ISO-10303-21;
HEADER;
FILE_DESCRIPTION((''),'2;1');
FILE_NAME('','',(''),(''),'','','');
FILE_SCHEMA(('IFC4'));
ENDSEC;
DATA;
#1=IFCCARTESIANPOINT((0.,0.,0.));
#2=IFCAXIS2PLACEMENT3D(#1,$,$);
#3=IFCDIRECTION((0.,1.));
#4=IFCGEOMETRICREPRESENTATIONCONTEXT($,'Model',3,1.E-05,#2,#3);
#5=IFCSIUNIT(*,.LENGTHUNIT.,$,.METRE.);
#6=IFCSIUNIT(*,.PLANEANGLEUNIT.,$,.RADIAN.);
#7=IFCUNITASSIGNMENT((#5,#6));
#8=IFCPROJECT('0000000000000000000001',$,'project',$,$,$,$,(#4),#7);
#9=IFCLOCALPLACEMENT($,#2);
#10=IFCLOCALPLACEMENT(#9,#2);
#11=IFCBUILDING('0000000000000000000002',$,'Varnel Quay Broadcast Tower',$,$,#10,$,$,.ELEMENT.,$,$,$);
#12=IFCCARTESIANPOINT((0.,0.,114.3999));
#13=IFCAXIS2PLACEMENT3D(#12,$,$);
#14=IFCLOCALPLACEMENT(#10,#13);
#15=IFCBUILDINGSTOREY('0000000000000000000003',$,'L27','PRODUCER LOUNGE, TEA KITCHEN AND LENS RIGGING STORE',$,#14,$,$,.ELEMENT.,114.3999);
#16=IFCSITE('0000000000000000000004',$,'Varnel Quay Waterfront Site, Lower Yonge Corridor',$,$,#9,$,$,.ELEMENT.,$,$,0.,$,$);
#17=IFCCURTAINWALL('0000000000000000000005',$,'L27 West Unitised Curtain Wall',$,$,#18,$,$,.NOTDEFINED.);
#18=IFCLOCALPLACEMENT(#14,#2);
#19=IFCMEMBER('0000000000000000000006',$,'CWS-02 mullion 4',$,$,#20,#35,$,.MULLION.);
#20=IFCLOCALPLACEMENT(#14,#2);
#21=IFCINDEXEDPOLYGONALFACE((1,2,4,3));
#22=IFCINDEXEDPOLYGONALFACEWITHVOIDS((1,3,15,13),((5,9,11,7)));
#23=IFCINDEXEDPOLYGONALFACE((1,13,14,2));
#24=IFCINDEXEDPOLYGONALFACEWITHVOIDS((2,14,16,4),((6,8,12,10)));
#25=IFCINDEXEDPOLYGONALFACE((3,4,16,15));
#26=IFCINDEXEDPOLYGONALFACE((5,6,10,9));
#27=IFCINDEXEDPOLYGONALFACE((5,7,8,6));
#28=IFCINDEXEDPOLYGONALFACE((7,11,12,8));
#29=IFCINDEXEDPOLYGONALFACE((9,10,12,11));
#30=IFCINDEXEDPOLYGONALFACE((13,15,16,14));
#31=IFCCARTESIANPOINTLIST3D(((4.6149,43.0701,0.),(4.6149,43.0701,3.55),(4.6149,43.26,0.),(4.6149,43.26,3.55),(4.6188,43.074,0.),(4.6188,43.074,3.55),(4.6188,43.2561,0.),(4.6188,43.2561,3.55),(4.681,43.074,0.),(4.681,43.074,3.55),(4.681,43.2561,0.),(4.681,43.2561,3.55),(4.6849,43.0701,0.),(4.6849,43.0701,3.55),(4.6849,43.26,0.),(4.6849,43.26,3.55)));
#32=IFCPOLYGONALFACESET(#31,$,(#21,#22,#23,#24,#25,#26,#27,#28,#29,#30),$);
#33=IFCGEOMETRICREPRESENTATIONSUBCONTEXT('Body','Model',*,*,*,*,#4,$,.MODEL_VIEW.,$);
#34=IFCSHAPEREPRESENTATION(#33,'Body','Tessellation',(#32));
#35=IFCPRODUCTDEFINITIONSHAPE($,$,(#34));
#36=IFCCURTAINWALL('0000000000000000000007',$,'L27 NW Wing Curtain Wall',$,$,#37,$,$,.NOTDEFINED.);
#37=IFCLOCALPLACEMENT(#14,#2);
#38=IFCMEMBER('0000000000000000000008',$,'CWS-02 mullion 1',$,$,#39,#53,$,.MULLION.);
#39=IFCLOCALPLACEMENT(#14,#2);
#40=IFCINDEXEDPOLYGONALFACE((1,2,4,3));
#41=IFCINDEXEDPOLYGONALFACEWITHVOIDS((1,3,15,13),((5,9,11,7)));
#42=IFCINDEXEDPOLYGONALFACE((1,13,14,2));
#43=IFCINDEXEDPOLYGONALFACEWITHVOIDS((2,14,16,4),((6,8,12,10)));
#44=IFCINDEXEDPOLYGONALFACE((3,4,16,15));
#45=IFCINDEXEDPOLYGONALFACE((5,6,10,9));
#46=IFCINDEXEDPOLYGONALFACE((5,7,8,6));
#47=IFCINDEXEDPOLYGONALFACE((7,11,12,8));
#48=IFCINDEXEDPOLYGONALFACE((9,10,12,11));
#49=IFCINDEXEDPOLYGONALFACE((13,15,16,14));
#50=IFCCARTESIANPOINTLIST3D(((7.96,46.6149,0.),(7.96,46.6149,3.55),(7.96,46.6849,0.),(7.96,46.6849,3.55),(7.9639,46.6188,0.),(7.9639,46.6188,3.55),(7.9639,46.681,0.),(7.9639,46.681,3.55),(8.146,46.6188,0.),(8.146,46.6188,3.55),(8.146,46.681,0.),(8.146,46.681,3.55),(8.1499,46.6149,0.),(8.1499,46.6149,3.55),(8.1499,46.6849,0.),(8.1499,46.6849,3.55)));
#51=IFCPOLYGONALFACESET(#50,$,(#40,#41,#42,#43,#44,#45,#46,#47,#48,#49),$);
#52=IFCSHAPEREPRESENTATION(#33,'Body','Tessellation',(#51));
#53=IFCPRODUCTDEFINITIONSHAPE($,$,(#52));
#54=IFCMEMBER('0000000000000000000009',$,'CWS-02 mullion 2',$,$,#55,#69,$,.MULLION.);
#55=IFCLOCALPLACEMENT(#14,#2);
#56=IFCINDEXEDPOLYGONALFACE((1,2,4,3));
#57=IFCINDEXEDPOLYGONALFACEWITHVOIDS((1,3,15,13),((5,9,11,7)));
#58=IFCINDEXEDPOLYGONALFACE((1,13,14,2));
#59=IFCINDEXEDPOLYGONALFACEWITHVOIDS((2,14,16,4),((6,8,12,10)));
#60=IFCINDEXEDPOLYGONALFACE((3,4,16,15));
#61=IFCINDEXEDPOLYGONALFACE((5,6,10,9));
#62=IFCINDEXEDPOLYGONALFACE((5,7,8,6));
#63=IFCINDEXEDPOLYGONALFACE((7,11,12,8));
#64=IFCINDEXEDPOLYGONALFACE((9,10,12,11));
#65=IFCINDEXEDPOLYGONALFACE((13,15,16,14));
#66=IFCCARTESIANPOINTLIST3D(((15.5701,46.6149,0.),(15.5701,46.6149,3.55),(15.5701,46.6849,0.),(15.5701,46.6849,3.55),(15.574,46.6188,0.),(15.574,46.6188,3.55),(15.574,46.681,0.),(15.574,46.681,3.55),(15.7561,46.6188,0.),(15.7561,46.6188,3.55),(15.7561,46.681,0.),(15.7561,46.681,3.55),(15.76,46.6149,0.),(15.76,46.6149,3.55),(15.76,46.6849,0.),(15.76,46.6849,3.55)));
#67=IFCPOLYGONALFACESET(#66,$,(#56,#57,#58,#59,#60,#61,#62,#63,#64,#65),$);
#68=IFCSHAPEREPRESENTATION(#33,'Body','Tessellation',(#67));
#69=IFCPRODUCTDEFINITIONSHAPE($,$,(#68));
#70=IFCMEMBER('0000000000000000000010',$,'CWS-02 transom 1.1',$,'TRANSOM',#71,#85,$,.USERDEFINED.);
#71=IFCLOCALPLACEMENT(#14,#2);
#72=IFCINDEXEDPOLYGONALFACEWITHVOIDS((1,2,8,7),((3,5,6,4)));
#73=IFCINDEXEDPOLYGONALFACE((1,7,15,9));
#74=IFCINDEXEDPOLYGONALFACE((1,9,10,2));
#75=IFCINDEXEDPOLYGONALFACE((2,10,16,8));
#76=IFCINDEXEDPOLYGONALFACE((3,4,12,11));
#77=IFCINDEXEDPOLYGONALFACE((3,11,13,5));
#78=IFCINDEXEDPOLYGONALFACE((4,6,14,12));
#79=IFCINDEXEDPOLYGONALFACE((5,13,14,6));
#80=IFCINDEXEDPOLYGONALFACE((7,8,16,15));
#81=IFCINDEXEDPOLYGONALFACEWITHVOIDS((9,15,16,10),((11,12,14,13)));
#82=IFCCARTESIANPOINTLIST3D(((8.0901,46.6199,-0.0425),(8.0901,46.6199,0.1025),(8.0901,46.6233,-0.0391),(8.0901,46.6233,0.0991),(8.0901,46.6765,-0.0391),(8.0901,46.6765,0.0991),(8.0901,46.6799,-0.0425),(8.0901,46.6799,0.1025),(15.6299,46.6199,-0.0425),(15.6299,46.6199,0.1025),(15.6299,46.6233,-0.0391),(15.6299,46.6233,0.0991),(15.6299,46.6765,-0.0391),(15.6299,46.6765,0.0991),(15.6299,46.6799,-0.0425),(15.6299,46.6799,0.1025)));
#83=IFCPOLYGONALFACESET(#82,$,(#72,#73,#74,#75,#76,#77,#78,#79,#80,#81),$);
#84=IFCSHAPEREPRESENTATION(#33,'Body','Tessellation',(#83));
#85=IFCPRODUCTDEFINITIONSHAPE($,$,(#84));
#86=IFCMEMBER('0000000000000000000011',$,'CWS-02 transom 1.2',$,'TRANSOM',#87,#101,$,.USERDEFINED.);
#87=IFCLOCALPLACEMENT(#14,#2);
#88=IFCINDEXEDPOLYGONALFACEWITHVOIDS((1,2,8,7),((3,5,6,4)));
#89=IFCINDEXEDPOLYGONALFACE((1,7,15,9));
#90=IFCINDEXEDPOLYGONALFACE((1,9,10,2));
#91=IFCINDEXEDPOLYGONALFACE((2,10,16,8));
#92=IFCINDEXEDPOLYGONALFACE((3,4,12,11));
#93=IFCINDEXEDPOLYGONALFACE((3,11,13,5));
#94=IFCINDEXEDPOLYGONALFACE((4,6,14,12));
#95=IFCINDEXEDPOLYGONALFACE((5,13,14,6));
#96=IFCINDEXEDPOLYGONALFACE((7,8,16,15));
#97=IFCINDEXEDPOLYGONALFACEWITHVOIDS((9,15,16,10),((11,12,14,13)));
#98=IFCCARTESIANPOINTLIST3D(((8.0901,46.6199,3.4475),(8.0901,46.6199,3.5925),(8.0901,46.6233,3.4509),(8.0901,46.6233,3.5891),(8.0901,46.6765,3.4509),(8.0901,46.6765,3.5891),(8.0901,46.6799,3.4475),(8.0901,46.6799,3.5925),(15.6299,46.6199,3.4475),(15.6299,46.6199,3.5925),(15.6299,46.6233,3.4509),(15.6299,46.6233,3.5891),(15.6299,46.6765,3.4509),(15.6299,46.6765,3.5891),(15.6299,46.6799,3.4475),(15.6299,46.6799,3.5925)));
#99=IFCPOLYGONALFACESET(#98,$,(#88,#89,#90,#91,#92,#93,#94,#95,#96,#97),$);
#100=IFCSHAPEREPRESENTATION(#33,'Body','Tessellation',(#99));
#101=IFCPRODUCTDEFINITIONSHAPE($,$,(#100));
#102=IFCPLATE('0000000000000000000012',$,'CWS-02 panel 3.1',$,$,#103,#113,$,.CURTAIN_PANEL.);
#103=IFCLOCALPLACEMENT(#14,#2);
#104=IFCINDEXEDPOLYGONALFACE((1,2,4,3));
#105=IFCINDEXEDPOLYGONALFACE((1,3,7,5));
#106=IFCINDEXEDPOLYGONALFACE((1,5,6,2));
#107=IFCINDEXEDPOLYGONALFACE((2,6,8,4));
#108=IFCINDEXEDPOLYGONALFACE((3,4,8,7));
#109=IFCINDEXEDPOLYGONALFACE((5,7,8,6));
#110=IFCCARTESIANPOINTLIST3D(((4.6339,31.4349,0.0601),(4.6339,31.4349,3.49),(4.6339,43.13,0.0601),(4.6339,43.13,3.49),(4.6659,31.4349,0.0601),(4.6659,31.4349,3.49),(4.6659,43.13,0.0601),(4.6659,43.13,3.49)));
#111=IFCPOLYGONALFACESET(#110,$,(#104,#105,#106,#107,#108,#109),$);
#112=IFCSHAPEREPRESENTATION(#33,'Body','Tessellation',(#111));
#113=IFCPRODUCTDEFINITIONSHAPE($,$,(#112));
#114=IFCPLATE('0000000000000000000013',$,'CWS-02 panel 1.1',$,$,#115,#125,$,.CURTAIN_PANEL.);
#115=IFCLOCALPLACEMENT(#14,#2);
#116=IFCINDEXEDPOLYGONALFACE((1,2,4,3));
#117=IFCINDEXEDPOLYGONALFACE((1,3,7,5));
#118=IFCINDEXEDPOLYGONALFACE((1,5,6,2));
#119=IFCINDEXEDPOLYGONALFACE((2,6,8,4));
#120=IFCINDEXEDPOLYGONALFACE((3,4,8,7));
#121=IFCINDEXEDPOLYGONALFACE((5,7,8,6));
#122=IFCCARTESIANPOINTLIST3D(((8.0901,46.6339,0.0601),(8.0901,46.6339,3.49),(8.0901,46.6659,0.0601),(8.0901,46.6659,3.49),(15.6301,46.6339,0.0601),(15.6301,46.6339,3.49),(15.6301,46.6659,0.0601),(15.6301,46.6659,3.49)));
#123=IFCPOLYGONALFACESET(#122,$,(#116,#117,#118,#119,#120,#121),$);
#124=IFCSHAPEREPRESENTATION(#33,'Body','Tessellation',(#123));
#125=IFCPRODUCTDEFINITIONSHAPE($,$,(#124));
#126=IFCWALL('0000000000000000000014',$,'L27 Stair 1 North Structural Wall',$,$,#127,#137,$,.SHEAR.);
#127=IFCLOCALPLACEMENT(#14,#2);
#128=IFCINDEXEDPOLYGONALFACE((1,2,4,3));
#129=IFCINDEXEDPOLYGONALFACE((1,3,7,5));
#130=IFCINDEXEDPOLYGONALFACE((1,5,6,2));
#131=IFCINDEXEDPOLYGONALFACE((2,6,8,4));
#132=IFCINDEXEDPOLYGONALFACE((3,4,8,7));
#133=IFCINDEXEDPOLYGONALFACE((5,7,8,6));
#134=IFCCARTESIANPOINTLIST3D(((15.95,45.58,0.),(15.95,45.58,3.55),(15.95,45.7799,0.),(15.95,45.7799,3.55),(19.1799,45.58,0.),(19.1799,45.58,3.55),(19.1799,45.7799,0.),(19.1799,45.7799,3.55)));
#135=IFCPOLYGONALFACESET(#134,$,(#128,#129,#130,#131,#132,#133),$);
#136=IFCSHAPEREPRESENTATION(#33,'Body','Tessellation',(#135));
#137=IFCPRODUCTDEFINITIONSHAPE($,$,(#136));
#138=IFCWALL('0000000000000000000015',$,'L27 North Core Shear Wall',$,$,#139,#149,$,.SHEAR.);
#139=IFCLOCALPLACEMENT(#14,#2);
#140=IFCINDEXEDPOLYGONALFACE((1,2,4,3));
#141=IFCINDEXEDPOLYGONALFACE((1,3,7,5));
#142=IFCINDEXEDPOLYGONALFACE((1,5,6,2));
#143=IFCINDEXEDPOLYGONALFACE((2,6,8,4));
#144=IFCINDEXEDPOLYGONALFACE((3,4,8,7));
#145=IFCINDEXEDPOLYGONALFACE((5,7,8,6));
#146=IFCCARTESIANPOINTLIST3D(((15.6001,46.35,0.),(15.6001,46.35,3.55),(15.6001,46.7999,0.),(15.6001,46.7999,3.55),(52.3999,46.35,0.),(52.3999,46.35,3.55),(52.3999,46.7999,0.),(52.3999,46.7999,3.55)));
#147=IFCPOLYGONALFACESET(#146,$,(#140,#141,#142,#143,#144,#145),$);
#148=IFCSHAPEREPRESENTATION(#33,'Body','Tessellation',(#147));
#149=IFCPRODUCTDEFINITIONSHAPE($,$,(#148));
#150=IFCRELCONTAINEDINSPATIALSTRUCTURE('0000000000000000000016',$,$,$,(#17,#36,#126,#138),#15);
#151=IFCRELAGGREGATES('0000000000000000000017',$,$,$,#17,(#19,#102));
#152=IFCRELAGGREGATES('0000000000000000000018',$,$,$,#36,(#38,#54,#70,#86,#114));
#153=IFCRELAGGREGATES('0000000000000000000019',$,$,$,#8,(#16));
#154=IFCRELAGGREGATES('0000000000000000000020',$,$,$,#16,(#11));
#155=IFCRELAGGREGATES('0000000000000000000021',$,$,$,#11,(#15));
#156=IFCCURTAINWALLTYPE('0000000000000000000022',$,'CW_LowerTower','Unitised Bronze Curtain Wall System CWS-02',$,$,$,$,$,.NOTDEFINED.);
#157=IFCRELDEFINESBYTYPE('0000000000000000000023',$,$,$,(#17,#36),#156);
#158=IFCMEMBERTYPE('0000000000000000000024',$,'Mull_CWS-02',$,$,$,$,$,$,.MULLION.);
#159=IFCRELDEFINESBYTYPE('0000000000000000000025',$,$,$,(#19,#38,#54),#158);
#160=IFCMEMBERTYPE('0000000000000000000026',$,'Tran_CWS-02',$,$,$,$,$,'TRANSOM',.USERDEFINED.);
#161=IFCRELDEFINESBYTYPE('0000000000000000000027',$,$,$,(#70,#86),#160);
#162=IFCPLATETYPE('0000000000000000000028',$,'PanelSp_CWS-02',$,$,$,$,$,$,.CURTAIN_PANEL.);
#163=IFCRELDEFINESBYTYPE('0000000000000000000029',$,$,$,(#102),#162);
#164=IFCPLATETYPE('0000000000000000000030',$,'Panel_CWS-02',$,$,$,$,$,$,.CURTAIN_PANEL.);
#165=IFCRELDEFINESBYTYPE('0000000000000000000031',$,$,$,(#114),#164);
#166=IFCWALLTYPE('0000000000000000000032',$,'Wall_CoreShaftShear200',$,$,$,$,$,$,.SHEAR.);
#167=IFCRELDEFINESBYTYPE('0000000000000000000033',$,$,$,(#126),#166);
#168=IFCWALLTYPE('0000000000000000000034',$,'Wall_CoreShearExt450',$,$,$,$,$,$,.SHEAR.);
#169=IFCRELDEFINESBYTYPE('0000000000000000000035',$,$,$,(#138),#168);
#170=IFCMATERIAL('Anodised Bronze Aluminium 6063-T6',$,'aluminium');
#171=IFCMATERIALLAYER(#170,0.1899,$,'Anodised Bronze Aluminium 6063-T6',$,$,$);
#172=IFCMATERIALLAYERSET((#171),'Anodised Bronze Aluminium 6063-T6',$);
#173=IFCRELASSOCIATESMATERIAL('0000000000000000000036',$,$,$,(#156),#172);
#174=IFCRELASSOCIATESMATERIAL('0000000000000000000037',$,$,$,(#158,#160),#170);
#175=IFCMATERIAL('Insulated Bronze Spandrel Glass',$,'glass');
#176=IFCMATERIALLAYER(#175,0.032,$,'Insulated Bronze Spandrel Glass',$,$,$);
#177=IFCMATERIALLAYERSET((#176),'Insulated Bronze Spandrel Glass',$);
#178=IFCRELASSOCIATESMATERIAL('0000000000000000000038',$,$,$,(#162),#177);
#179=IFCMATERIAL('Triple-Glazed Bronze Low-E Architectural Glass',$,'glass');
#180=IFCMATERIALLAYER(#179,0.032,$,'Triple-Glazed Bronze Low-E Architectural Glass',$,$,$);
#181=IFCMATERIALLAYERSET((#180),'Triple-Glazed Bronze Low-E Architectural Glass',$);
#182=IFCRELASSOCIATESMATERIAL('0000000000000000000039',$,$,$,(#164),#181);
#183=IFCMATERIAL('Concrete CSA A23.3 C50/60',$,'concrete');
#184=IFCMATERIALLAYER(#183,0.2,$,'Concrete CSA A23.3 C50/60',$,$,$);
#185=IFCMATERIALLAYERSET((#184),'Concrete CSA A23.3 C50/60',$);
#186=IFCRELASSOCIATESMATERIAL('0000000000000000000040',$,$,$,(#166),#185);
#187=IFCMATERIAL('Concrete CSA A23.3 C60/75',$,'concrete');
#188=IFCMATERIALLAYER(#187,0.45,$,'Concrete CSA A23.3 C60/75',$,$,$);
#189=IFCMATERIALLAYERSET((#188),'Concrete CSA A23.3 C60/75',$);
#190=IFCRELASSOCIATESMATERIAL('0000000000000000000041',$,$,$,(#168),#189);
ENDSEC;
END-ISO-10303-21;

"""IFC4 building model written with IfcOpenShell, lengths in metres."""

from ifc_helpers import new_model, si_unit, direction, frame, frame_2d, origin, origin_2d, place, context, subcontext, project, spatial, rectangle, hollow_rectangle, extrude, source, transform, mapped, material, layer, layer_set, material_profile, profile_set, type_object, type_shapes, element, aggregate, save


model = new_model("IFC4")

# Units and contexts
model_context = context("Model", 3, precision=1e-05, world=origin(), true_north=direction((0.0, 1.0)))
body_context = subcontext(model_context, "Body", "Model", "MODEL_VIEW")
ifc_project = project(units=[si_unit("LENGTHUNIT", "METRE"), si_unit("PLANEANGLEUNIT", "RADIAN")], contexts=[model_context])

# Site, building, storey
site_placement = place(None, origin())
site = spatial("IfcSite", under=ifc_project, at=site_placement, Name="Varnel Quay Waterfront Site, Lower Yonge Corridor", CompositionType="ELEMENT", RefElevation=0.0)
building_placement = place(site_placement, origin())
building = spatial("IfcBuilding", under=site, at=building_placement, Name="Varnel Quay Broadcast Tower", CompositionType="ELEMENT")
storey_placement = place(building_placement, frame((0.0, 0.0, 114.3999)))
storey = spatial("IfcBuildingStorey", under=building, at=storey_placement, Name="L27", Description="PRODUCER LOUNGE, TEA KITCHEN AND LENS RIGGING STORE", CompositionType="ELEMENT", Elevation=114.3999)

# Curtain wall, member
ifc_material_1 = material(Name="Anodised Bronze Aluminium 6063-T6", Category="aluminium")
ifc_layer_1 = layer(ifc_material_1, 0.1899, Name="Anodised Bronze Aluminium 6063-T6")
ifc_layer_set_1 = layer_set([ifc_layer_1], Name="Anodised Bronze Aluminium 6063-T6")
curtain_wall_type = type_object("IfcCurtainWallType", Name="CW_LowerTower", Description="Unitised Bronze Curtain Wall System CWS-02", PredefinedType="NOTDEFINED", material=ifc_layer_set_1)
curtain_wall_1_placement = place(storey_placement, origin())
curtain_wall_1 = element("IfcCurtainWall", 1, at=curtain_wall_1_placement, inside=storey, type_object=curtain_wall_type, Name="L27 West Unitised Curtain Wall", PredefinedType="NOTDEFINED")
ifc_material_profile_1 = material_profile(ifc_material_1, hollow_rectangle(XDim=0.0701, YDim=0.1899, WallThickness=0.0039, at=origin_2d()), Name="ALU70X190X4")
ifc_profile_set_1 = profile_set([ifc_material_profile_1], Name="Anodised Bronze Aluminium 6063-T6")
member_type_1 = type_object("IfcMemberType", Name="Mull_CWS-02", PredefinedType="MULLION", material=ifc_profile_set_1)
shared_shape_1 = source(origin(), body_context, "Body", "SweptSolid", [
    extrude(hollow_rectangle(XDim=0.0701, YDim=0.1899, WallThickness=0.0039, at=origin_2d()), origin(), (0.0, 0.0, 1.0), 3.55),
])
type_shapes(member_type_1, [shared_shape_1])
member_1_placement = place(storey_placement, frame((4.6499, 43.165, 0.0), z_axis=(0.0, 0.0, 1.0), x_axis=(-1.0, 0.0, 0.0)))
member_1 = element("IfcMember", 2, at=member_1_placement, type_object=member_type_1, Name="CWS-02 mullion 4", PredefinedType="MULLION", context=body_context, shape_type="MappedRepresentation", body=[
    mapped(shared_shape_1, transform((0.0, 0.0, 0.0), x_axis=(1.0, 0.0, 0.0), y_axis=(0.0, 1.0, 0.0), z_axis=(0.0, 0.0, 1.0), scale=1.0)),
])

# Curtain wall, members
curtain_wall_2_placement = place(storey_placement, origin())
curtain_wall_2 = element("IfcCurtainWall", 3, at=curtain_wall_2_placement, inside=storey, type_object=curtain_wall_type, Name="L27 NW Wing Curtain Wall", PredefinedType="NOTDEFINED")
member_2_placement = place(storey_placement, frame((8.0549, 46.6499, 0.0), z_axis=(0.0, 0.0, 1.0), x_axis=(0.0, 1.0, 0.0)))
member_2 = element("IfcMember", 4, at=member_2_placement, type_object=member_type_1, Name="CWS-02 mullion 1", PredefinedType="MULLION", context=body_context, shape_type="MappedRepresentation", body=[
    mapped(shared_shape_1, transform((0.0, 0.0, 0.0), x_axis=(1.0, 0.0, 0.0), y_axis=(0.0, 1.0, 0.0), z_axis=(0.0, 0.0, 1.0), scale=1.0)),
])
member_3_placement = place(storey_placement, frame((15.665, 46.6499, 0.0), z_axis=(0.0, 0.0, 1.0), x_axis=(0.0, 1.0, 0.0)))
member_3 = element("IfcMember", 5, at=member_3_placement, type_object=member_type_1, Name="CWS-02 mullion 2", PredefinedType="MULLION", context=body_context, shape_type="MappedRepresentation", body=[
    mapped(shared_shape_1, transform((0.0, 0.0, 0.0), x_axis=(1.0, 0.0, 0.0), y_axis=(0.0, 1.0, 0.0), z_axis=(0.0, 0.0, 1.0), scale=1.0)),
])
ifc_material_profile_2 = material_profile(ifc_material_1, hollow_rectangle(XDim=0.0601, YDim=0.145, WallThickness=0.0034, at=origin_2d()), Name="ALU60X145X3.5")
ifc_profile_set_2 = profile_set([ifc_material_profile_2], Name="Anodised Bronze Aluminium 6063-T6")
member_type_2 = type_object("IfcMemberType", Name="Tran_CWS-02", ElementType="TRANSOM", PredefinedType="USERDEFINED", material=ifc_profile_set_2)
shared_shape_2 = source(origin(), body_context, "Body", "SweptSolid", [
    extrude(hollow_rectangle(XDim=0.0601, YDim=0.145, WallThickness=0.0034, at=origin_2d()), origin(), (0.0, 0.0, 1.0), 7.5398),
])
type_shapes(member_type_2, [shared_shape_2])
member_4_placement = place(storey_placement, frame((8.0901, 46.6499, 0.03), z_axis=(1.0, 0.0, 0.0), x_axis=(0.0, 1.0, 0.0)))
member_4 = element("IfcMember", 6, at=member_4_placement, type_object=member_type_2, Name="CWS-02 transom 1.1", ObjectType="TRANSOM", PredefinedType="USERDEFINED", context=body_context, shape_type="MappedRepresentation", body=[
    mapped(shared_shape_2, transform((0.0, 0.0, 0.0), x_axis=(1.0, 0.0, 0.0), y_axis=(0.0, 1.0, 0.0), z_axis=(0.0, 0.0, 1.0), scale=1.0)),
])
member_5_placement = place(storey_placement, frame((8.0901, 46.6499, 3.52), z_axis=(1.0, 0.0, 0.0), x_axis=(0.0, 1.0, 0.0)))
member_5 = element("IfcMember", 7, at=member_5_placement, type_object=member_type_2, Name="CWS-02 transom 1.2", ObjectType="TRANSOM", PredefinedType="USERDEFINED", context=body_context, shape_type="MappedRepresentation", body=[
    mapped(shared_shape_2, transform((0.0, 0.0, 0.0), x_axis=(1.0, 0.0, 0.0), y_axis=(0.0, 1.0, 0.0), z_axis=(0.0, 0.0, 1.0), scale=1.0)),
])

# Plates
ifc_material_2 = material(Name="Insulated Bronze Spandrel Glass", Category="glass")
ifc_layer_2 = layer(ifc_material_2, 0.032, Name="Insulated Bronze Spandrel Glass")
ifc_layer_set_2 = layer_set([ifc_layer_2], Name="Insulated Bronze Spandrel Glass")
plate_type_1 = type_object("IfcPlateType", Name="PanelSp_CWS-02", PredefinedType="CURTAIN_PANEL", material=ifc_layer_set_2)
shared_shape_3 = source(origin(), body_context, "Body", "SweptSolid", [
    extrude(rectangle(XDim=11.6951, YDim=0.032, at=origin_2d()), origin(), (0.0, 0.0, 1.0), 3.4299),
])
type_shapes(plate_type_1, [shared_shape_3])
plate_1_placement = place(storey_placement, frame((4.6499, 37.2825, 0.0601), z_axis=(0.0, 0.0, 1.0), x_axis=(0.0, 1.0, 0.0)))
plate_1 = element("IfcPlate", 8, at=plate_1_placement, type_object=plate_type_1, Name="CWS-02 panel 3.1", PredefinedType="CURTAIN_PANEL", context=body_context, shape_type="MappedRepresentation", body=[
    mapped(shared_shape_3, transform((0.0, 0.0, 0.0), x_axis=(1.0, 0.0, 0.0), y_axis=(0.0, 1.0, 0.0), z_axis=(0.0, 0.0, 1.0), scale=1.0)),
])
aggregate(curtain_wall_1, [member_1, plate_1])
ifc_material_3 = material(Name="Triple-Glazed Bronze Low-E Architectural Glass", Category="glass")
ifc_layer_3 = layer(ifc_material_3, 0.032, Name="Triple-Glazed Bronze Low-E Architectural Glass")
ifc_layer_set_3 = layer_set([ifc_layer_3], Name="Triple-Glazed Bronze Low-E Architectural Glass")
plate_type_2 = type_object("IfcPlateType", Name="Panel_CWS-02", PredefinedType="CURTAIN_PANEL", material=ifc_layer_set_3)
shared_shape_4 = source(origin(), body_context, "Body", "SweptSolid", [
    extrude(rectangle(XDim=7.54, YDim=0.032, at=origin_2d()), origin(), (0.0, 0.0, 1.0), 3.4299),
])
type_shapes(plate_type_2, [shared_shape_4])
plate_2_placement = place(storey_placement, frame((11.8601, 46.6499, 0.0601), z_axis=(0.0, 0.0, 1.0), x_axis=(1.0, 0.0, 0.0)))
plate_2 = element("IfcPlate", 9, at=plate_2_placement, type_object=plate_type_2, Name="CWS-02 panel 1.1", PredefinedType="CURTAIN_PANEL", context=body_context, shape_type="MappedRepresentation", body=[
    mapped(shared_shape_4, transform((0.0, 0.0, 0.0), x_axis=(1.0, 0.0, 0.0), y_axis=(0.0, 1.0, 0.0), z_axis=(0.0, 0.0, 1.0), scale=1.0)),
])
aggregate(curtain_wall_2, [member_2, member_3, member_4, member_5, plate_2])

# Walls
ifc_material_4 = material(Name="Concrete CSA A23.3 C50/60", Category="concrete")
ifc_layer_4 = layer(ifc_material_4, 0.2, Name="Concrete CSA A23.3 C50/60")
ifc_layer_set_4 = layer_set([ifc_layer_4], Name="Concrete CSA A23.3 C50/60")
wall_type_1 = type_object("IfcWallType", Name="Wall_CoreShaftShear200", PredefinedType="SHEAR", material=ifc_layer_set_4)
wall_1_placement = place(storey_placement, frame((15.95, 45.6799, 0.0), z_axis=(0.0, 0.0, 1.0), x_axis=(1.0, 0.0, 0.0)))
element("IfcWall", 10, at=wall_1_placement, inside=storey, type_object=wall_type_1, Name="L27 Stair 1 North Structural Wall", PredefinedType="SHEAR", context=body_context, shape_type="SweptSolid", body=[
    extrude(rectangle(XDim=3.23, YDim=0.2, at=frame_2d((1.615, 0.0))), origin(), (0.0, 0.0, 1.0), 3.55),
])
ifc_material_5 = material(Name="Concrete CSA A23.3 C60/75", Category="concrete")
ifc_layer_5 = layer(ifc_material_5, 0.45, Name="Concrete CSA A23.3 C60/75")
ifc_layer_set_5 = layer_set([ifc_layer_5], Name="Concrete CSA A23.3 C60/75")
wall_type_2 = type_object("IfcWallType", Name="Wall_CoreShearExt450", PredefinedType="SHEAR", material=ifc_layer_set_5)
wall_2_placement = place(storey_placement, frame((15.6001, 46.575, 0.0), z_axis=(0.0, 0.0, 1.0), x_axis=(1.0, 0.0, 0.0)))
element("IfcWall", 11, at=wall_2_placement, inside=storey, type_object=wall_type_2, Name="L27 North Core Shear Wall", PredefinedType="SHEAR", context=body_context, shape_type="SweptSolid", body=[
    extrude(rectangle(XDim=36.7998, YDim=0.45, at=frame_2d((18.3999, 0.0))), origin(), (0.0, 0.0, 1.0), 3.55),
])

save(model, "model.ifc")
